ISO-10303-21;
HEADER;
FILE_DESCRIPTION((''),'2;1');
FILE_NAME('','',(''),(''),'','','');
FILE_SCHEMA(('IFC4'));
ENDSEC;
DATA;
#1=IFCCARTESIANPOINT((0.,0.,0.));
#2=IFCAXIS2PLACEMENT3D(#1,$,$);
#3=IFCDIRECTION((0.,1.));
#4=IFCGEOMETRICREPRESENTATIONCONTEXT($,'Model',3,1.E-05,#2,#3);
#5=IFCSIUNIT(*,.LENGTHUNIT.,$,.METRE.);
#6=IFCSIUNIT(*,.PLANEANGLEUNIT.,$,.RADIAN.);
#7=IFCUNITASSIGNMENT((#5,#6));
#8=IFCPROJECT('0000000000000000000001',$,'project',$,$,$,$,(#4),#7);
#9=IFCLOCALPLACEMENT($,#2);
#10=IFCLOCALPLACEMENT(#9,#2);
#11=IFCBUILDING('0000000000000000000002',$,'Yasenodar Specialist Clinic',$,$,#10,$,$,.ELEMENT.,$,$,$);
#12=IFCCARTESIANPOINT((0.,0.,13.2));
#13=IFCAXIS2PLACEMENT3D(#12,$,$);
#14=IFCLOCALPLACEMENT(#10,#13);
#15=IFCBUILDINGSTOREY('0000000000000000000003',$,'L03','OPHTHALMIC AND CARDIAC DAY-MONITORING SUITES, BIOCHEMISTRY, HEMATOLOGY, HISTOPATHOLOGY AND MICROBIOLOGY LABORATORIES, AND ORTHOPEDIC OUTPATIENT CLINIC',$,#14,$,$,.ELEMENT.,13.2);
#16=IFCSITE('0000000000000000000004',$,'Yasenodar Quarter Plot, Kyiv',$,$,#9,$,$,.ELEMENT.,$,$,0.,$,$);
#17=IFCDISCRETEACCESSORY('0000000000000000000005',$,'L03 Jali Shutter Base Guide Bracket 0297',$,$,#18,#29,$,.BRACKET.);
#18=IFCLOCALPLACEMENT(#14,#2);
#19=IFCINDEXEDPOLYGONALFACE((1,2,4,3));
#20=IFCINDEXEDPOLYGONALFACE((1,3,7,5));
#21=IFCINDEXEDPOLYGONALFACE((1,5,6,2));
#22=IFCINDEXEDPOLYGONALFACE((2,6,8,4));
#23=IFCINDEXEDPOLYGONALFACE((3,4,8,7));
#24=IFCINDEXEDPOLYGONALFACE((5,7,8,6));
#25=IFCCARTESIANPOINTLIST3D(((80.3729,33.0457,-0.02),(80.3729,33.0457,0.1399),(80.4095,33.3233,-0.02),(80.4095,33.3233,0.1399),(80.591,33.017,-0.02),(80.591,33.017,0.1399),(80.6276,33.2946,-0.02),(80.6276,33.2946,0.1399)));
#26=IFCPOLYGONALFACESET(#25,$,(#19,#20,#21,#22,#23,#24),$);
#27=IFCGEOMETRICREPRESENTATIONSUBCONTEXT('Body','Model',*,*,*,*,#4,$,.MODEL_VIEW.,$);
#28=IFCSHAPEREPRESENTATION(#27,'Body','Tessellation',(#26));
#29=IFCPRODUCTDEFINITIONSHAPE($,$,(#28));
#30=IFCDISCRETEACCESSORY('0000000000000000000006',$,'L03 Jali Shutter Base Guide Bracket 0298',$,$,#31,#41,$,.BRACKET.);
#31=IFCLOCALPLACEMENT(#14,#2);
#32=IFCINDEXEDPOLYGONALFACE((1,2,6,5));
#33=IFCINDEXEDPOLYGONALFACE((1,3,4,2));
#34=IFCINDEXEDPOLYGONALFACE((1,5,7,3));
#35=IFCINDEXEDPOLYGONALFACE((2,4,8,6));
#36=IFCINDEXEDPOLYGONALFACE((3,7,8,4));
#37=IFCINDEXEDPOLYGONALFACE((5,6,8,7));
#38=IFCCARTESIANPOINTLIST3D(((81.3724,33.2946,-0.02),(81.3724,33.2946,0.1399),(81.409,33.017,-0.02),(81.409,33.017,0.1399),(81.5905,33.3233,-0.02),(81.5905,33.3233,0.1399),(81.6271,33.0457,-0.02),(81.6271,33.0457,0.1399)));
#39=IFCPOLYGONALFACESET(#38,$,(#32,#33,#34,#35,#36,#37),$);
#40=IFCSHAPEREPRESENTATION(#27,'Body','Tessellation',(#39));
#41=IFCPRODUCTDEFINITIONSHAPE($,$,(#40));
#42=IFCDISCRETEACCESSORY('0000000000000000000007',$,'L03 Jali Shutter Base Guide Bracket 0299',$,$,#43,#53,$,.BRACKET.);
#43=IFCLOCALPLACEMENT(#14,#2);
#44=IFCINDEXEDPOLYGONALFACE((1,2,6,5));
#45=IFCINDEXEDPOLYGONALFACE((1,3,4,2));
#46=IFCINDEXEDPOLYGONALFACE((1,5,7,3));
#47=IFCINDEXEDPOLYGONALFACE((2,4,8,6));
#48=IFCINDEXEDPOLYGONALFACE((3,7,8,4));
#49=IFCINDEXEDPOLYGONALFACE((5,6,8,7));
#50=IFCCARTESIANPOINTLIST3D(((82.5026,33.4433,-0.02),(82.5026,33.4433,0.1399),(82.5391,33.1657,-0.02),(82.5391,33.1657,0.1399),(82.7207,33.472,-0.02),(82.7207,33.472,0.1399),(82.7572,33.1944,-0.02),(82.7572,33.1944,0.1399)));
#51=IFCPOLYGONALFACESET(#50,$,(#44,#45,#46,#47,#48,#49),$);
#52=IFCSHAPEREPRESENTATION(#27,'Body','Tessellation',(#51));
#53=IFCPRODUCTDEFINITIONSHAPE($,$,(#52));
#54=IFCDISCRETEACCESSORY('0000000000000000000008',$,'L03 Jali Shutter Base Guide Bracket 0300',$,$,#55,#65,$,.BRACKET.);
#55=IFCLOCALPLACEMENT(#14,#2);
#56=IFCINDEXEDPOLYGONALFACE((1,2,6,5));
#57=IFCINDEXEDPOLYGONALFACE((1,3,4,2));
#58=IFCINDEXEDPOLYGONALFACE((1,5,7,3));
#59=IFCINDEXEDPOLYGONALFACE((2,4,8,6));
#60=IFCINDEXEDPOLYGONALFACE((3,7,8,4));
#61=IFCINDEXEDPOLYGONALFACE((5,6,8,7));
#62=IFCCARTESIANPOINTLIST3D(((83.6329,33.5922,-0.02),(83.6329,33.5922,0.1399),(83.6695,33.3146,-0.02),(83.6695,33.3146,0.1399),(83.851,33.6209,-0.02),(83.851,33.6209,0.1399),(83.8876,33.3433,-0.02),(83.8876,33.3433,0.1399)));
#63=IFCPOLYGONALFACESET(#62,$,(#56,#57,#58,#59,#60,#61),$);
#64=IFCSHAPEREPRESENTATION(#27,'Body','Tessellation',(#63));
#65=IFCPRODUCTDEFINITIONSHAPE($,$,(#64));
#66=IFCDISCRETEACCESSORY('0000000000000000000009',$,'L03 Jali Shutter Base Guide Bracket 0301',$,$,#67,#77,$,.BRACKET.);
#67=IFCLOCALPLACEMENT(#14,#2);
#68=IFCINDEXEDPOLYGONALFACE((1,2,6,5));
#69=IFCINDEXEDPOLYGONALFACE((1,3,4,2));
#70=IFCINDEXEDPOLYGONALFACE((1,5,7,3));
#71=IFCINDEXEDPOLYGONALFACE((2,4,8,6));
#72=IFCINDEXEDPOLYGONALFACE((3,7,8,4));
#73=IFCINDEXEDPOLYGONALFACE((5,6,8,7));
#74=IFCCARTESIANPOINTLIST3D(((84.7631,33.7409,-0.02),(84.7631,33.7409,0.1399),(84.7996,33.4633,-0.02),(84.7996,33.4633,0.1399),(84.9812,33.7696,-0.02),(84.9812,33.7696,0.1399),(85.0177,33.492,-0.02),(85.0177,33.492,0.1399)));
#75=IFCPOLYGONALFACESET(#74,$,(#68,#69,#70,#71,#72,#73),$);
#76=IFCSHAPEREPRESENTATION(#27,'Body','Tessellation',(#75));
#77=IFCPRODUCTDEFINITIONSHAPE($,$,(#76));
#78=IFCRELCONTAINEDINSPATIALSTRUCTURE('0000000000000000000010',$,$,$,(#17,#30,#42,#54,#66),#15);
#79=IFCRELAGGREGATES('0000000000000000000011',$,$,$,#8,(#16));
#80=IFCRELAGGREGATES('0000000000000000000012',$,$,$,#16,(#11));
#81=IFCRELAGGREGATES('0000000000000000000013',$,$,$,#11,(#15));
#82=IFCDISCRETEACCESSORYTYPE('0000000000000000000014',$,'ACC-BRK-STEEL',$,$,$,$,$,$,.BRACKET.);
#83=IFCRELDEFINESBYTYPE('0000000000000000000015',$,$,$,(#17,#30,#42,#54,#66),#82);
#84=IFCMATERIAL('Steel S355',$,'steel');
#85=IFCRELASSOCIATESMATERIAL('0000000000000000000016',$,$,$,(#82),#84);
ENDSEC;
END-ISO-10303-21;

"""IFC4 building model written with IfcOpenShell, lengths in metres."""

from ifc_helpers import new_model, si_unit, direction, frame, origin, origin_2d, place, context, subcontext, project, spatial, rectangle, extrude, material, type_object, element, save


model = new_model("IFC4")

# Units and contexts
model_context = context("Model", 3, precision=1e-05, world=origin(), true_north=direction((0.0, 1.0)))
body_context = subcontext(model_context, "Body", "Model", "MODEL_VIEW")
ifc_project = project(units=[si_unit("LENGTHUNIT", "METRE"), si_unit("PLANEANGLEUNIT", "RADIAN")], contexts=[model_context])

# Site, building, storey
site_placement = place(None, origin())
site = spatial("IfcSite", under=ifc_project, at=site_placement, Name="Yasenodar Quarter Plot, Kyiv", CompositionType="ELEMENT", RefElevation=0.0)
building_placement = place(site_placement, origin())
building = spatial("IfcBuilding", under=site, at=building_placement, Name="Yasenodar Specialist Clinic", CompositionType="ELEMENT")
storey_placement = place(building_placement, frame((0.0, 0.0, 13.2)))
storey = spatial("IfcBuildingStorey", under=building, at=storey_placement, Name="L03", Description="OPHTHALMIC AND CARDIAC DAY-MONITORING SUITES, BIOCHEMISTRY, HEMATOLOGY, HISTOPATHOLOGY AND MICROBIOLOGY LABORATORIES, AND ORTHOPEDIC OUTPATIENT CLINIC", CompositionType="ELEMENT", Elevation=13.2)

# Shared definitions
ifc_material_1 = material(Name="Steel S355", Category="steel")

# Discrete accessories
discrete_accessory_type = type_object("IfcDiscreteAccessoryType", Name="ACC-BRK-STEEL", PredefinedType="BRACKET", material=ifc_material_1)
for number, where, z_axis, x_axis, name in (
    (1, (80.5002, 33.1702, -0.02), (0.0, 0.0, 1.0), (0.991446, -0.130519, 0.0), "L03 Jali Shutter Base Guide Bracket 0297"),
    (2, (81.4998, 33.1702, -0.02), (0.0, 0.0, 1.0), (0.991446, 0.130519, 0.0), "L03 Jali Shutter Base Guide Bracket 0298"),
    (3, (82.6299, 33.3188, -0.02), (0.0, 0.0, 1.0), (0.991446, 0.130519, 0.0), "L03 Jali Shutter Base Guide Bracket 0299"),
    (4, (83.7603, 33.4678, -0.02), (0.0, 0.0, 1.0), (0.991446, 0.130519, 0.0), "L03 Jali Shutter Base Guide Bracket 0300"),
    (5, (84.8904, 33.6165, -0.02), (0.0, 0.0, 1.0), (0.991446, 0.130519, 0.0), "L03 Jali Shutter Base Guide Bracket 0301"),
):
    element("IfcDiscreteAccessory", number, at=place(storey_placement, frame(where, z_axis=z_axis, x_axis=x_axis)), inside=storey, type_object=discrete_accessory_type, Name=name, PredefinedType="BRACKET", context=body_context, shape_type="SweptSolid", body=[
        extrude(rectangle(XDim=0.22, YDim=0.28, at=origin_2d()), origin(), (0.0, 0.0, 1.0), 0.1599),
    ])

save(model, "model.ifc")
